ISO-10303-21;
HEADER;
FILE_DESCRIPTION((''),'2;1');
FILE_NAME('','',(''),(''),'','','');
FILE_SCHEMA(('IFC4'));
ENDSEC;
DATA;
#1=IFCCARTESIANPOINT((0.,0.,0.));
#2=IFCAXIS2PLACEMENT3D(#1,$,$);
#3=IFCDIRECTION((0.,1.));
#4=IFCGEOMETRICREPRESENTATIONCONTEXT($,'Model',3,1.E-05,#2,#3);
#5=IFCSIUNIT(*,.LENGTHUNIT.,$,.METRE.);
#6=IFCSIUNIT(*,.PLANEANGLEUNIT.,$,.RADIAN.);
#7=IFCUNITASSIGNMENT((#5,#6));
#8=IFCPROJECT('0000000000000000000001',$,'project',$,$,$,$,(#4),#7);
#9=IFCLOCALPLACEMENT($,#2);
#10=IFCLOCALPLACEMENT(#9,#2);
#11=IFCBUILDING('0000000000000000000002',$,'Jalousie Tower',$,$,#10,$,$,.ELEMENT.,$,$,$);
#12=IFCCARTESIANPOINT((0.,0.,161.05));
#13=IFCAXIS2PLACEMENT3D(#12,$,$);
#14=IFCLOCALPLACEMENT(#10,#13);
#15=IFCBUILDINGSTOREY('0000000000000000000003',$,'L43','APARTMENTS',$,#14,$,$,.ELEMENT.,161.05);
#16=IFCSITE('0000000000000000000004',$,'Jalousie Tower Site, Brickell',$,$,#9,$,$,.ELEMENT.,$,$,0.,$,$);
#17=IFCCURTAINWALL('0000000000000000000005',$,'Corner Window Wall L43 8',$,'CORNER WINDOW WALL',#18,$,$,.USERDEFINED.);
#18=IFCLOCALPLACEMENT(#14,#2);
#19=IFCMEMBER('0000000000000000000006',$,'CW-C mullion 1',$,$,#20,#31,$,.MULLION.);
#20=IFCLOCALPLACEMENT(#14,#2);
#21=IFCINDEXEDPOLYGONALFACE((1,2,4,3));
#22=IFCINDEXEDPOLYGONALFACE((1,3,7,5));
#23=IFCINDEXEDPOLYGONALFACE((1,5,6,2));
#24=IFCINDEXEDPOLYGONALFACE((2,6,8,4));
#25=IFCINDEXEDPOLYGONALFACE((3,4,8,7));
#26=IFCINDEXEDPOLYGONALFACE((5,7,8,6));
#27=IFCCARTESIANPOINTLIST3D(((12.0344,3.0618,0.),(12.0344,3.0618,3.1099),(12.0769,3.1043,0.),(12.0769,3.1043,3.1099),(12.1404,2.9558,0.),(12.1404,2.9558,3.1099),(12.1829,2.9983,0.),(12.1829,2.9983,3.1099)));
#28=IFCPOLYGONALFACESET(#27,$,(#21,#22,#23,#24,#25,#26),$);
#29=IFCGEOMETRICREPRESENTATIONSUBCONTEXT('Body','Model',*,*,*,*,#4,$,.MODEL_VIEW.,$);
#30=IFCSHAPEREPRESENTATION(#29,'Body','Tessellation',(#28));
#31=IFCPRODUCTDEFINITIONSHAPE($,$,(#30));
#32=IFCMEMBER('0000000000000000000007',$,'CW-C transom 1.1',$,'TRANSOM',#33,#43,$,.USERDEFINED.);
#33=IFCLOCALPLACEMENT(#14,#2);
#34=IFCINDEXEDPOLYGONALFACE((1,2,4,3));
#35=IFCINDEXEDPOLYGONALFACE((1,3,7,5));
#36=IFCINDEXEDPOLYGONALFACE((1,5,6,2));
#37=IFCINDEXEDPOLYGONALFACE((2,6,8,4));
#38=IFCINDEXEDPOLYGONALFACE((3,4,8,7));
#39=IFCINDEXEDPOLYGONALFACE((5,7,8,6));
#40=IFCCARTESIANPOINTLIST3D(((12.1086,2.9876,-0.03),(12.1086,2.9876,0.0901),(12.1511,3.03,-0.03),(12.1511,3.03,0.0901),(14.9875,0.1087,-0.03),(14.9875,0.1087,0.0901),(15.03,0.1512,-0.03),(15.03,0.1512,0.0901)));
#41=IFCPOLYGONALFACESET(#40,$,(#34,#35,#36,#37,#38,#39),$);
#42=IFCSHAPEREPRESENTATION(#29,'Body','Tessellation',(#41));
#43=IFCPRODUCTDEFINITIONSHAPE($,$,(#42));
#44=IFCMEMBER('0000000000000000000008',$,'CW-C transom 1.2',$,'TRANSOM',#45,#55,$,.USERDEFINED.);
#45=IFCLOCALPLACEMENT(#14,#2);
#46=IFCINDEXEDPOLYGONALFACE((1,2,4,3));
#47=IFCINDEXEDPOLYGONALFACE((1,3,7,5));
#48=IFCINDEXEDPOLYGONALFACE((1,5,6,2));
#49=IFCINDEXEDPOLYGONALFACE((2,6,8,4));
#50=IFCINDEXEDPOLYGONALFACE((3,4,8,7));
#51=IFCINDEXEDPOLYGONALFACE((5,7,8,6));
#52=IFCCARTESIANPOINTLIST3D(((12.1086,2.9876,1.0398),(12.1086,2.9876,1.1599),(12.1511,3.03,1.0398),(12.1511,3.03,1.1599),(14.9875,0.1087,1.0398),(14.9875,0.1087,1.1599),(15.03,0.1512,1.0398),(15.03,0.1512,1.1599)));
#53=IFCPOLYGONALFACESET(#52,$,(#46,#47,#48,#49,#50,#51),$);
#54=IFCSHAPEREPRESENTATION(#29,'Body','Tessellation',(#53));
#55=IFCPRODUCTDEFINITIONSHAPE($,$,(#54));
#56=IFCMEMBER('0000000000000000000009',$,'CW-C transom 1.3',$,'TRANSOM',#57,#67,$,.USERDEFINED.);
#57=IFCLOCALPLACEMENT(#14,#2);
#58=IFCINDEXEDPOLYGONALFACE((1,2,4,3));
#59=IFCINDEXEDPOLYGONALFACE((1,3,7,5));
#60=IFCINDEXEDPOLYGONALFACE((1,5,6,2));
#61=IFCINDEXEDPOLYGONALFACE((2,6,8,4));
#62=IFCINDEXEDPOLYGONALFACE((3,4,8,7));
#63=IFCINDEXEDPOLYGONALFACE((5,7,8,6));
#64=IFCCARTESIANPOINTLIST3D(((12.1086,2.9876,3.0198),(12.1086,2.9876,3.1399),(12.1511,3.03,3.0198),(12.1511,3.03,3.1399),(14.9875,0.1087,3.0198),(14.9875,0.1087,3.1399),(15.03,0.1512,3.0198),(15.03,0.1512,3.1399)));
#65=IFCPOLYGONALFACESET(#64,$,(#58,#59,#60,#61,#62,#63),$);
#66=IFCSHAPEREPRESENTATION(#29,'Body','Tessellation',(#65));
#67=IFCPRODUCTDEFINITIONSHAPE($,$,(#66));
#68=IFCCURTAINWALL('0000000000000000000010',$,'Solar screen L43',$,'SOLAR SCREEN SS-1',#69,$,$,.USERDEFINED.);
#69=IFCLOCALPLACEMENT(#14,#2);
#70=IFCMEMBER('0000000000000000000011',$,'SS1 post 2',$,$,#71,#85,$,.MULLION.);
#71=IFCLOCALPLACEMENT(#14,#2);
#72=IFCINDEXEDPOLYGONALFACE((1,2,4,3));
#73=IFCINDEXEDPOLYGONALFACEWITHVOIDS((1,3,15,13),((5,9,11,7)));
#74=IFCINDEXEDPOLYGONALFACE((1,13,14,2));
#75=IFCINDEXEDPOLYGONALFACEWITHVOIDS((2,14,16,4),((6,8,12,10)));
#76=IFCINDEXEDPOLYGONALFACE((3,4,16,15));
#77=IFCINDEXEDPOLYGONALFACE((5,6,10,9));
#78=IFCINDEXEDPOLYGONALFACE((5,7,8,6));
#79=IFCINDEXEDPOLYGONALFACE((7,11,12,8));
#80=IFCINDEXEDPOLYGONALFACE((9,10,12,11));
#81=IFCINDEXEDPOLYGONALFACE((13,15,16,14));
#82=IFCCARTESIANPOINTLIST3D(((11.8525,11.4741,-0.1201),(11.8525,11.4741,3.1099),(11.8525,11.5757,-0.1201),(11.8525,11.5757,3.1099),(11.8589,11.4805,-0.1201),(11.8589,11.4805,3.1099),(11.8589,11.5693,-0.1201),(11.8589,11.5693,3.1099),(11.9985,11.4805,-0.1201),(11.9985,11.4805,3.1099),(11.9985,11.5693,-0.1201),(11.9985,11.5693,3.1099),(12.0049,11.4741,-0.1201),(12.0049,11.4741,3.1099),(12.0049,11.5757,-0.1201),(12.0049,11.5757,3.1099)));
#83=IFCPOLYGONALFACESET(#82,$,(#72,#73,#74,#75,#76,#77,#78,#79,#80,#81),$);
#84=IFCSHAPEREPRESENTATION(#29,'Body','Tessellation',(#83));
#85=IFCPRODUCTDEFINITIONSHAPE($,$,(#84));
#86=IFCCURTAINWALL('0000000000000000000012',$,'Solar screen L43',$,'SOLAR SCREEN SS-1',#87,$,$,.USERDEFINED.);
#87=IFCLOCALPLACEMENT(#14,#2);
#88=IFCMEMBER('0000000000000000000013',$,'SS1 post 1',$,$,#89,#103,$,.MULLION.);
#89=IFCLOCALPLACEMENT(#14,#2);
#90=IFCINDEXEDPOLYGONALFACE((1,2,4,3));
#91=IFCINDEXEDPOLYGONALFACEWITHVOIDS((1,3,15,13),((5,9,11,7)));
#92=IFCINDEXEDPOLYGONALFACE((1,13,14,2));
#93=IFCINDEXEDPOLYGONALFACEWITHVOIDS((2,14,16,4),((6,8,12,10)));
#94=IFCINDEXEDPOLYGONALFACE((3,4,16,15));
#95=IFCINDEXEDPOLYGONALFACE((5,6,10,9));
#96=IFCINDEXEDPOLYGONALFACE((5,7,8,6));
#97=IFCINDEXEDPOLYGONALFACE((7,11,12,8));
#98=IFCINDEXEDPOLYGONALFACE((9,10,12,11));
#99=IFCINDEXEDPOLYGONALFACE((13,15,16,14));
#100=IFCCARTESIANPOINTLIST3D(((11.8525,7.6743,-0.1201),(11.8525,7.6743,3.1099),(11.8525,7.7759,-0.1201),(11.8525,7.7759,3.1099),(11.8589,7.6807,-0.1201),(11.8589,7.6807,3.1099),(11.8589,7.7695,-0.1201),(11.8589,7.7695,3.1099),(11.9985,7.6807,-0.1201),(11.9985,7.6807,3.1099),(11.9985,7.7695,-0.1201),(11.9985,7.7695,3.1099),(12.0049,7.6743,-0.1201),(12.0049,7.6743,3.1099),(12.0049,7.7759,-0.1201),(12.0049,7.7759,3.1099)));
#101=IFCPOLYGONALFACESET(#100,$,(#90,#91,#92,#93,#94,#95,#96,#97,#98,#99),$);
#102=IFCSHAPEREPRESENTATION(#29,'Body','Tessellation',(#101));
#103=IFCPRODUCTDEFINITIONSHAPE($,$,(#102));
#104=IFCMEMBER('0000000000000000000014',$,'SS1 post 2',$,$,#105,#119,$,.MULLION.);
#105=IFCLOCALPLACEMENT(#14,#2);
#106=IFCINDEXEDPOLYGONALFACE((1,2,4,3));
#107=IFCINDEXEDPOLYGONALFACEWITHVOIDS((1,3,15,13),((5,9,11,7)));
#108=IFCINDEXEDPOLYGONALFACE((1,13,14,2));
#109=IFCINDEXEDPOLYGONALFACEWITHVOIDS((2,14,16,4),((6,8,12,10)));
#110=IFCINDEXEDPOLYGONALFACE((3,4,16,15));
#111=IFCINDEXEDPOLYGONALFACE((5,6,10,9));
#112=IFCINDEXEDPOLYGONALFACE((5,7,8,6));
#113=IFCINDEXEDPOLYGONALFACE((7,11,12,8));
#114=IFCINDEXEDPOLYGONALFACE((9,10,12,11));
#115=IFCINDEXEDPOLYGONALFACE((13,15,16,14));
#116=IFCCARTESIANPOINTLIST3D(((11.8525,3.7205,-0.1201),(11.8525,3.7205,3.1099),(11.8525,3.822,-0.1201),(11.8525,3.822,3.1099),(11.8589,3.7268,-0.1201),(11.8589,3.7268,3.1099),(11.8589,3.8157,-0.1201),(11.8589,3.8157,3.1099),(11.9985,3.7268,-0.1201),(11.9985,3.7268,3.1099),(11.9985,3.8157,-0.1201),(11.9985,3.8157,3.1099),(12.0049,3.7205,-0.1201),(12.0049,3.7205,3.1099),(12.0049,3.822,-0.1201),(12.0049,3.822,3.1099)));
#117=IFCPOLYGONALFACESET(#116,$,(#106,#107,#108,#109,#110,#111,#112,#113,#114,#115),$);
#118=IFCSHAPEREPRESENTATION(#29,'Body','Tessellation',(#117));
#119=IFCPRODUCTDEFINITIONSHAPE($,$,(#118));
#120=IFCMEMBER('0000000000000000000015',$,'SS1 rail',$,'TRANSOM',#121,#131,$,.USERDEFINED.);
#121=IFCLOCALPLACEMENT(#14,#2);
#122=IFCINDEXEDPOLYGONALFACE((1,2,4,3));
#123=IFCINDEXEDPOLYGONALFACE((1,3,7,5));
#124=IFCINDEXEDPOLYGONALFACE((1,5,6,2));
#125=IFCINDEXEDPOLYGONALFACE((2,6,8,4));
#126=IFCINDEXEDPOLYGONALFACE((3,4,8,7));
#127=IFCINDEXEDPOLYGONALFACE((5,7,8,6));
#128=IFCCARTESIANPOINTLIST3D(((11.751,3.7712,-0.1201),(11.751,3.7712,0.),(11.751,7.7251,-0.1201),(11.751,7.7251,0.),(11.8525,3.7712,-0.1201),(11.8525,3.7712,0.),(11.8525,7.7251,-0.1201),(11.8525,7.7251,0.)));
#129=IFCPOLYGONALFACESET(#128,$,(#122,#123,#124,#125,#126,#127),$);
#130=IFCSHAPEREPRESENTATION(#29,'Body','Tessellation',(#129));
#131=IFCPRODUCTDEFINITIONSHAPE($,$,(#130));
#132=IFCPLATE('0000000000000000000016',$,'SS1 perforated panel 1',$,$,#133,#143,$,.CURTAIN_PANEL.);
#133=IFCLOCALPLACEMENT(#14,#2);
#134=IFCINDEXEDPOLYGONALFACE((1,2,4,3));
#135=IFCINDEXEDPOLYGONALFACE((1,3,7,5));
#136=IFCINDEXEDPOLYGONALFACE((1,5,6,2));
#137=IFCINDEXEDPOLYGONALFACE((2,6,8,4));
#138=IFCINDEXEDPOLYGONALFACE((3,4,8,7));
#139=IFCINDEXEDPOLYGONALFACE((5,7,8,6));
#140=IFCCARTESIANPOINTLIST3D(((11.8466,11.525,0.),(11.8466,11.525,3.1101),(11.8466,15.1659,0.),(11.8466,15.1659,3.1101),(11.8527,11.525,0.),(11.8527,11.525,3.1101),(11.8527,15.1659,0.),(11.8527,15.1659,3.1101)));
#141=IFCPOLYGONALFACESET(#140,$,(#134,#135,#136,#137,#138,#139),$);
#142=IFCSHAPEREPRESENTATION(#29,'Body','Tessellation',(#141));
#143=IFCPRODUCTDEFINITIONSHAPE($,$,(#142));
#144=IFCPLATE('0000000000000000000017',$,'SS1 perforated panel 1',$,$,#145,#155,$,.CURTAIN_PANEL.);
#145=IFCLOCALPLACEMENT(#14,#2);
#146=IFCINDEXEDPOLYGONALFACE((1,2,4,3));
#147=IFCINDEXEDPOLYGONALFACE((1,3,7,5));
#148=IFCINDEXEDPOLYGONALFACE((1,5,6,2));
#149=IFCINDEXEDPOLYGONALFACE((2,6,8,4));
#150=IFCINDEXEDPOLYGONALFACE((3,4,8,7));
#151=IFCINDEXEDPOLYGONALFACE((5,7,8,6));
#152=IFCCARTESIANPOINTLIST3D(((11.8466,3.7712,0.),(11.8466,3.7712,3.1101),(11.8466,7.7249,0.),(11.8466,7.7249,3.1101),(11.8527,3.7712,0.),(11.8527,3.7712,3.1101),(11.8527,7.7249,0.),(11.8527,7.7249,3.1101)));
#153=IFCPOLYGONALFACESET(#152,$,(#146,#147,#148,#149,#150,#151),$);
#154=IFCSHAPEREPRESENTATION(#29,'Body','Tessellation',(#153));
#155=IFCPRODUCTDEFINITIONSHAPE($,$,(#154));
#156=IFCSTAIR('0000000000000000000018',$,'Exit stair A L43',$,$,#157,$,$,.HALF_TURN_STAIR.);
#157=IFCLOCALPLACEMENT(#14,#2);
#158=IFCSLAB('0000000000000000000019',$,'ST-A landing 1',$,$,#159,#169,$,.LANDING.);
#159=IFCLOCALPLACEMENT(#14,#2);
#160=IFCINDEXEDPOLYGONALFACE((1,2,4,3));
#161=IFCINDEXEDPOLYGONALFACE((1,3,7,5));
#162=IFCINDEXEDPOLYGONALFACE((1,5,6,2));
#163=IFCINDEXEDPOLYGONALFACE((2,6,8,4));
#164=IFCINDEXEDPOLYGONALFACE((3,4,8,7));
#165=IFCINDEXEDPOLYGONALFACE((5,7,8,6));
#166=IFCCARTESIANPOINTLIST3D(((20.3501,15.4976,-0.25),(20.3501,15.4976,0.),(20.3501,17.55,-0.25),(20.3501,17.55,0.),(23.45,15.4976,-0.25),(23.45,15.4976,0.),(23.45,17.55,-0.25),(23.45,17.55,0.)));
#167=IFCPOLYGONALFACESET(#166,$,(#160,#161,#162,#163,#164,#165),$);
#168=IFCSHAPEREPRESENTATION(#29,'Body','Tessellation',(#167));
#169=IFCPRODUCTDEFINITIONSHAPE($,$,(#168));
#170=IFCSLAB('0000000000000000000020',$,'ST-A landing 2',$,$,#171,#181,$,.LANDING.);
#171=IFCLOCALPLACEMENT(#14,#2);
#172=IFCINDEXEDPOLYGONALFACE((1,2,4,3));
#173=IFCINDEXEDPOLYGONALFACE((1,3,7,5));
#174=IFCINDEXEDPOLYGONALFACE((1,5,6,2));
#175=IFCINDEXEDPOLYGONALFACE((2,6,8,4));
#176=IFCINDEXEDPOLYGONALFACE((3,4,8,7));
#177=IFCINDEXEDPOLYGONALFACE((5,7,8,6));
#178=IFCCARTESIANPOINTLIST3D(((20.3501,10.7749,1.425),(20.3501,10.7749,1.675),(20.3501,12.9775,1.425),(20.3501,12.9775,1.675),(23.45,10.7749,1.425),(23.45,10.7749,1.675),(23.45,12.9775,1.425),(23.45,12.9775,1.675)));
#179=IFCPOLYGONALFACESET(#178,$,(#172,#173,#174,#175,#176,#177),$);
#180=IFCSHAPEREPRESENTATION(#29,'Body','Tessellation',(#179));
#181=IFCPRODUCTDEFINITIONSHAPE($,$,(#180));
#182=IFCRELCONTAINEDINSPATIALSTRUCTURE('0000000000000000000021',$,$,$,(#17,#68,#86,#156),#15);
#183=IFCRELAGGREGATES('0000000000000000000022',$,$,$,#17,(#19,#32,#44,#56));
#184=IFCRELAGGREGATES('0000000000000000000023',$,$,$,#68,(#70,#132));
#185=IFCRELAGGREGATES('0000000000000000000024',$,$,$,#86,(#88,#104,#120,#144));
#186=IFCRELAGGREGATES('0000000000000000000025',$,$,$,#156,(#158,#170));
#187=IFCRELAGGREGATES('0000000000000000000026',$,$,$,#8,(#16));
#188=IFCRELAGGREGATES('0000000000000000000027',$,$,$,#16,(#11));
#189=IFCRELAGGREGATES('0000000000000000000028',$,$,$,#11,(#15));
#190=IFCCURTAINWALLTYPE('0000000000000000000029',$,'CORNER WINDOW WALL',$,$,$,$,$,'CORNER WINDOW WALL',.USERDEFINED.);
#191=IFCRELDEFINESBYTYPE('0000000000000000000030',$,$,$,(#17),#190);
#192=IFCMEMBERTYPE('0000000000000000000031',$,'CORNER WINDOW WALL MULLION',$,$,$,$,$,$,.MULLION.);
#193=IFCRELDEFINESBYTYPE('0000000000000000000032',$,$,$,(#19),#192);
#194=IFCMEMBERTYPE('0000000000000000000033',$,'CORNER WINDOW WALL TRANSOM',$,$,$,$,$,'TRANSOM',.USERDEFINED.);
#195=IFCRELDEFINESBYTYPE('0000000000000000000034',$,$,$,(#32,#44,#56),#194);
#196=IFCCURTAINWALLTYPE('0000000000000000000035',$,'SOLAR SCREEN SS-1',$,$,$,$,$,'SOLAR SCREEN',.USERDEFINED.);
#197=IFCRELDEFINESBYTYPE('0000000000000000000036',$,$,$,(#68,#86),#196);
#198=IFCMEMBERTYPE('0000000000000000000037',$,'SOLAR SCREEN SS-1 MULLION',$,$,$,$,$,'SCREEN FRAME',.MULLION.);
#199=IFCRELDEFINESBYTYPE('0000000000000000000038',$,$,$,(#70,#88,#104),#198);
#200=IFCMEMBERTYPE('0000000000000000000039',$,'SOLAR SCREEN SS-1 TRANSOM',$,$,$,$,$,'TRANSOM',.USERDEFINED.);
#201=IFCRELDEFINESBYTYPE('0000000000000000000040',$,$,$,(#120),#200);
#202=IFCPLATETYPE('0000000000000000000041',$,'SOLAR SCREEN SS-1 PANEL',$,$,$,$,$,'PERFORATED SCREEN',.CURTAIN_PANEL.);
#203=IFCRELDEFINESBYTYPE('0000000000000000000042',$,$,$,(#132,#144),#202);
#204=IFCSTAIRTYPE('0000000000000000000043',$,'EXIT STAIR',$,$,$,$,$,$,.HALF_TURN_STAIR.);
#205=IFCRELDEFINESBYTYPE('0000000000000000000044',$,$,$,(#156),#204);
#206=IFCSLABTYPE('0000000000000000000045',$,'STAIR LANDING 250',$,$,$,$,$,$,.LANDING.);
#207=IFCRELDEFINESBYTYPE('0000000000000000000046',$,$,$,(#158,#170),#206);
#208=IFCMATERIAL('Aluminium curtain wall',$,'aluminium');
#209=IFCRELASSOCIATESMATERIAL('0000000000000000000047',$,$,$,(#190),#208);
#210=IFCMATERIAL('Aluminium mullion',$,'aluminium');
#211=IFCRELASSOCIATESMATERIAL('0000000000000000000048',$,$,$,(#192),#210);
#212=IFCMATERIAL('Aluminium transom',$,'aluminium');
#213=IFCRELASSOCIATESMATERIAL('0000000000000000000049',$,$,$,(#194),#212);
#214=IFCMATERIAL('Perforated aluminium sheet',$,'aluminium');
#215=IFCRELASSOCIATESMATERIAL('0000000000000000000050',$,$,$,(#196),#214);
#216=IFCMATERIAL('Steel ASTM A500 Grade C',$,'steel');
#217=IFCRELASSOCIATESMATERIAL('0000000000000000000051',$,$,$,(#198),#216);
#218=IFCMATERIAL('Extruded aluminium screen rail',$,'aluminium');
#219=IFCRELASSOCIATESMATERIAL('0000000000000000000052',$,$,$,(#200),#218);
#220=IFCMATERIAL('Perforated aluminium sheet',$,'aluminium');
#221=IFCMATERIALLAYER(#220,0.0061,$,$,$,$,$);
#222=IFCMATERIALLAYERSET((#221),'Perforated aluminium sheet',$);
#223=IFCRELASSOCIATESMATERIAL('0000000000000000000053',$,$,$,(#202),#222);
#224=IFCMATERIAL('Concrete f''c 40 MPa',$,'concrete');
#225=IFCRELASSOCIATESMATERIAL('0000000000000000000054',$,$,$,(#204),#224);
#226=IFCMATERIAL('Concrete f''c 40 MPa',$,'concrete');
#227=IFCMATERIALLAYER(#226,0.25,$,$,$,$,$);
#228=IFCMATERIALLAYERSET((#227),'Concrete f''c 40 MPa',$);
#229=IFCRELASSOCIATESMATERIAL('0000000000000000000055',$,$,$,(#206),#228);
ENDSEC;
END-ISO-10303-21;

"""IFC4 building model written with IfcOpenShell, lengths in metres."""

from ifc_helpers import new_model, si_unit, direction, frame, origin, origin_2d, place, context, subcontext, project, spatial, polyline, rectangle, hollow_rectangle, outline, extrude, material, layer, layer_set, material_profile, profile_set, type_object, element, aggregate, save


model = new_model("IFC4")

# Units and contexts
model_context = context("Model", 3, precision=1e-05, world=origin(), true_north=direction((0.0, 1.0)))
body_context = subcontext(model_context, "Body", "Model", "MODEL_VIEW")
ifc_project = project(units=[si_unit("LENGTHUNIT", "METRE"), si_unit("PLANEANGLEUNIT", "RADIAN")], contexts=[model_context])

# Site, building, storey
site_placement = place(None, origin())
site = spatial("IfcSite", under=ifc_project, at=site_placement, Name="Jalousie Tower Site, Brickell", CompositionType="ELEMENT", RefElevation=0.0)
building_placement = place(site_placement, origin())
building = spatial("IfcBuilding", under=site, at=building_placement, Name="Jalousie Tower", CompositionType="ELEMENT")
storey_placement = place(building_placement, frame((0.0, 0.0, 161.05)))
storey = spatial("IfcBuildingStorey", under=building, at=storey_placement, Name="L43", Description="APARTMENTS", CompositionType="ELEMENT", Elevation=161.05)

# Curtain wall, members
ifc_material_1 = material(Name="Aluminium curtain wall", Category="aluminium")
curtain_wall_type_1 = type_object("IfcCurtainWallType", Name="CORNER WINDOW WALL", ElementType="CORNER WINDOW WALL", PredefinedType="USERDEFINED", material=ifc_material_1)
curtain_wall_1_placement = place(storey_placement, origin())
curtain_wall_1 = element("IfcCurtainWall", 1, at=curtain_wall_1_placement, inside=storey, type_object=curtain_wall_type_1, Name="Corner Window Wall L43 8", ObjectType="CORNER WINDOW WALL", PredefinedType="USERDEFINED")
ifc_material_2 = material(Name="Aluminium mullion", Category="aluminium")
ifc_material_profile_1 = material_profile(ifc_material_2, rectangle(XDim=0.0601, YDim=0.1499, at=origin_2d()), Name="MULLION 60x150")
ifc_profile_set_1 = profile_set([ifc_material_profile_1], Name="Aluminium mullion")
member_type_1 = type_object("IfcMemberType", Name="CORNER WINDOW WALL MULLION", PredefinedType="MULLION", material=ifc_profile_set_1)
member_1_placement = place(storey_placement, frame((12.1086, 3.03, 0.0), z_axis=(0.0, 0.0, 1.0), x_axis=(0.707107, 0.707107, 0.0)))
member_1 = element("IfcMember", 2, at=member_1_placement, type_object=member_type_1, Name="CW-C mullion 1", PredefinedType="MULLION", context=body_context, shape_type="SweptSolid", body=[
    extrude(rectangle(XDim=0.0601, YDim=0.1499, at=origin_2d()), origin(), (0.0, 0.0, 1.0), 3.1099),
])
ifc_material_3 = material(Name="Aluminium transom", Category="aluminium")
ifc_material_profile_2 = material_profile(ifc_material_3, rectangle(XDim=0.0601, YDim=0.1201, at=origin_2d()), Name="TRANSOM 60x120")
ifc_profile_set_2 = profile_set([ifc_material_profile_2], Name="Aluminium transom")
member_type_2 = type_object("IfcMemberType", Name="CORNER WINDOW WALL TRANSOM", ElementType="TRANSOM", PredefinedType="USERDEFINED", material=ifc_profile_set_2)
member_2_placement = place(storey_placement, frame((12.1299, 3.0088, 0.03), z_axis=(0.707107, -0.707107, 0.0), x_axis=(0.707107, 0.707107, 0.0)))
member_2 = element("IfcMember", 3, at=member_2_placement, type_object=member_type_2, Name="CW-C transom 1.1", ObjectType="TRANSOM", PredefinedType="USERDEFINED", context=body_context, shape_type="SweptSolid", body=[
    extrude(rectangle(XDim=0.0601, YDim=0.1201, at=origin_2d()), origin(), (0.0, 0.0, 1.0), 4.0713),
])
member_3_placement = place(storey_placement, frame((12.1299, 3.0088, 1.0999), z_axis=(0.707107, -0.707107, 0.0), x_axis=(0.707107, 0.707107, 0.0)))
member_3 = element("IfcMember", 4, at=member_3_placement, type_object=member_type_2, Name="CW-C transom 1.2", ObjectType="TRANSOM", PredefinedType="USERDEFINED", context=body_context, shape_type="SweptSolid", body=[
    extrude(rectangle(XDim=0.0601, YDim=0.1201, at=origin_2d()), origin(), (0.0, 0.0, 1.0), 4.0713),
])
member_4_placement = place(storey_placement, frame((12.1299, 3.0088, 3.0798), z_axis=(0.707107, -0.707107, 0.0), x_axis=(0.707107, 0.707107, 0.0)))
member_4 = element("IfcMember", 5, at=member_4_placement, type_object=member_type_2, Name="CW-C transom 1.3", ObjectType="TRANSOM", PredefinedType="USERDEFINED", context=body_context, shape_type="SweptSolid", body=[
    extrude(rectangle(XDim=0.0601, YDim=0.1201, at=origin_2d()), origin(), (0.0, 0.0, 1.0), 4.0713),
])
aggregate(curtain_wall_1, [member_1, member_2, member_3, member_4])

# Curtain wall, member
ifc_material_4 = material(Name="Perforated aluminium sheet", Category="aluminium")
curtain_wall_type_2 = type_object("IfcCurtainWallType", Name="SOLAR SCREEN SS-1", ElementType="SOLAR SCREEN", PredefinedType="USERDEFINED", material=ifc_material_4)
curtain_wall_2_placement = place(storey_placement, origin())
curtain_wall_2 = element("IfcCurtainWall", 6, at=curtain_wall_2_placement, inside=storey, type_object=curtain_wall_type_2, Name="Solar screen L43", ObjectType="SOLAR SCREEN SS-1", PredefinedType="USERDEFINED")
ifc_material_5 = material(Name="Steel ASTM A500 Grade C", Category="steel")
ifc_material_profile_3 = material_profile(ifc_material_5, hollow_rectangle(XDim=0.1016, YDim=0.1523, WallThickness=0.0063, at=origin_2d()), Name="HSS6X4X1/4")
ifc_profile_set_3 = profile_set([ifc_material_profile_3], Name="Steel ASTM A500 Grade C")
member_type_3 = type_object("IfcMemberType", Name="SOLAR SCREEN SS-1 MULLION", ElementType="SCREEN FRAME", PredefinedType="MULLION", material=ifc_profile_set_3)
member_5_placement = place(storey_placement, frame((11.9287, 11.5249, -0.1201), z_axis=(0.0, 0.0, 1.0), x_axis=(0.0, -1.0, 0.0)))
member_5 = element("IfcMember", 7, at=member_5_placement, type_object=member_type_3, Name="SS1 post 2", PredefinedType="MULLION", context=body_context, shape_type="SweptSolid", body=[
    extrude(hollow_rectangle(XDim=0.1016, YDim=0.1523, WallThickness=0.0063, at=origin_2d()), origin(), (0.0, 0.0, 1.0), 3.23),
])

# Curtain wall, members
curtain_wall_3_placement = place(storey_placement, origin())
curtain_wall_3 = element("IfcCurtainWall", 8, at=curtain_wall_3_placement, inside=storey, type_object=curtain_wall_type_2, Name="Solar screen L43", ObjectType="SOLAR SCREEN SS-1", PredefinedType="USERDEFINED")
member_6_placement = place(storey_placement, frame((11.9287, 7.7251, -0.1201), z_axis=(0.0, 0.0, 1.0), x_axis=(0.0, -1.0, 0.0)))
member_6 = element("IfcMember", 9, at=member_6_placement, type_object=member_type_3, Name="SS1 post 1", PredefinedType="MULLION", context=body_context, shape_type="SweptSolid", body=[
    extrude(hollow_rectangle(XDim=0.1016, YDim=0.1523, WallThickness=0.0063, at=origin_2d()), origin(), (0.0, 0.0, 1.0), 3.23),
])
member_7_placement = place(storey_placement, frame((11.9287, 3.7712, -0.1201), z_axis=(0.0, 0.0, 1.0), x_axis=(0.0, -1.0, 0.0)))
member_7 = element("IfcMember", 10, at=member_7_placement, type_object=member_type_3, Name="SS1 post 2", PredefinedType="MULLION", context=body_context, shape_type="SweptSolid", body=[
    extrude(hollow_rectangle(XDim=0.1016, YDim=0.1523, WallThickness=0.0063, at=origin_2d()), origin(), (0.0, 0.0, 1.0), 3.23),
])
ifc_material_6 = material(Name="Extruded aluminium screen rail", Category="aluminium")
ifc_material_profile_4 = material_profile(ifc_material_6, rectangle(XDim=0.1016, YDim=0.1201, at=origin_2d()), Name="RAIL 102x120")
ifc_profile_set_4 = profile_set([ifc_material_profile_4], Name="Extruded aluminium screen rail")
member_type_4 = type_object("IfcMemberType", Name="SOLAR SCREEN SS-1 TRANSOM", ElementType="TRANSOM", PredefinedType="USERDEFINED", material=ifc_profile_set_4)
member_8_placement = place(storey_placement, frame((11.8018, 7.7251, -0.0601), z_axis=(0.0, -1.0, 0.0), x_axis=(1.0, 0.0, 0.0)))
member_8 = element("IfcMember", 11, at=member_8_placement, type_object=member_type_4, Name="SS1 rail", ObjectType="TRANSOM", PredefinedType="USERDEFINED", context=body_context, shape_type="SweptSolid", body=[
    extrude(rectangle(XDim=0.1016, YDim=0.1201, at=origin_2d()), origin(), (0.0, 0.0, 1.0), 3.9539),
])

# Plates
ifc_material_7 = material(Name="Perforated aluminium sheet", Category="aluminium")
ifc_layer_1 = layer(ifc_material_7, 0.0061)
ifc_layer_set_1 = layer_set([ifc_layer_1], Name="Perforated aluminium sheet")
plate_type = type_object("IfcPlateType", Name="SOLAR SCREEN SS-1 PANEL", ElementType="PERFORATED SCREEN", PredefinedType="CURTAIN_PANEL", material=ifc_layer_set_1)
plate_1_placement = place(storey_placement, frame((11.8496, 13.3455, 0.0), z_axis=(0.0, 0.0, 1.0), x_axis=(0.0, -1.0, 0.0)))
plate_1 = element("IfcPlate", 12, at=plate_1_placement, type_object=plate_type, Name="SS1 perforated panel 1", PredefinedType="CURTAIN_PANEL", context=body_context, shape_type="SweptSolid", body=[
    extrude(rectangle(XDim=3.6409, YDim=0.0061, at=origin_2d()), origin(), (0.0, 0.0, 1.0), 3.1101),
])
aggregate(curtain_wall_2, [member_5, plate_1])
plate_2_placement = place(storey_placement, frame((11.8496, 5.748, 0.0), z_axis=(0.0, 0.0, 1.0), x_axis=(0.0, -1.0, 0.0)))
plate_2 = element("IfcPlate", 13, at=plate_2_placement, type_object=plate_type, Name="SS1 perforated panel 1", PredefinedType="CURTAIN_PANEL", context=body_context, shape_type="SweptSolid", body=[
    extrude(rectangle(XDim=3.9536, YDim=0.0061, at=origin_2d()), origin(), (0.0, 0.0, 1.0), 3.1101),
])
aggregate(curtain_wall_3, [member_6, member_7, member_8, plate_2])

# Stair, slabs
ifc_material_8 = material(Name="Concrete f'c 40 MPa", Category="concrete")
stair_type = type_object("IfcStairType", Name="EXIT STAIR", PredefinedType="HALF_TURN_STAIR", material=ifc_material_8)
stair_1_placement = place(storey_placement, origin())
stair_1 = element("IfcStair", 14, at=stair_1_placement, inside=storey, type_object=stair_type, Name="Exit stair A L43", PredefinedType="HALF_TURN_STAIR")
ifc_material_9 = material(Name="Concrete f'c 40 MPa", Category="concrete")
ifc_layer_2 = layer(ifc_material_9, 0.25)
ifc_layer_set_2 = layer_set([ifc_layer_2], Name="Concrete f'c 40 MPa")
slab_type_1 = type_object("IfcSlabType", Name="STAIR LANDING 250", PredefinedType="LANDING", material=ifc_layer_set_2)
slab_1_placement = place(storey_placement, frame((0.0, 0.0, -0.25)))
slab_1 = element("IfcSlab", 15, at=slab_1_placement, type_object=slab_type_1, Name="ST-A landing 1", PredefinedType="LANDING", context=body_context, shape_type="SweptSolid", body=[
    extrude(outline(polyline([(20.3501, 15.4976), (23.45, 15.4976), (23.45, 17.55), (20.3501, 17.55), (20.3501, 15.4976)])), origin(), (0.0, 0.0, 1.0), 0.25),
])
slab_2_placement = place(storey_placement, frame((0.0, 0.0, 1.425)))
slab_2 = element("IfcSlab", 16, at=slab_2_placement, type_object=slab_type_1, Name="ST-A landing 2", PredefinedType="LANDING", context=body_context, shape_type="SweptSolid", body=[
    extrude(outline(polyline([(20.3501, 10.7749), (23.45, 10.7749), (23.45, 12.9775), (20.3501, 12.9775), (20.3501, 10.7749)])), origin(), (0.0, 0.0, 1.0), 0.25),
])
aggregate(stair_1, [slab_1, slab_2])

save(model, "model.ifc")
